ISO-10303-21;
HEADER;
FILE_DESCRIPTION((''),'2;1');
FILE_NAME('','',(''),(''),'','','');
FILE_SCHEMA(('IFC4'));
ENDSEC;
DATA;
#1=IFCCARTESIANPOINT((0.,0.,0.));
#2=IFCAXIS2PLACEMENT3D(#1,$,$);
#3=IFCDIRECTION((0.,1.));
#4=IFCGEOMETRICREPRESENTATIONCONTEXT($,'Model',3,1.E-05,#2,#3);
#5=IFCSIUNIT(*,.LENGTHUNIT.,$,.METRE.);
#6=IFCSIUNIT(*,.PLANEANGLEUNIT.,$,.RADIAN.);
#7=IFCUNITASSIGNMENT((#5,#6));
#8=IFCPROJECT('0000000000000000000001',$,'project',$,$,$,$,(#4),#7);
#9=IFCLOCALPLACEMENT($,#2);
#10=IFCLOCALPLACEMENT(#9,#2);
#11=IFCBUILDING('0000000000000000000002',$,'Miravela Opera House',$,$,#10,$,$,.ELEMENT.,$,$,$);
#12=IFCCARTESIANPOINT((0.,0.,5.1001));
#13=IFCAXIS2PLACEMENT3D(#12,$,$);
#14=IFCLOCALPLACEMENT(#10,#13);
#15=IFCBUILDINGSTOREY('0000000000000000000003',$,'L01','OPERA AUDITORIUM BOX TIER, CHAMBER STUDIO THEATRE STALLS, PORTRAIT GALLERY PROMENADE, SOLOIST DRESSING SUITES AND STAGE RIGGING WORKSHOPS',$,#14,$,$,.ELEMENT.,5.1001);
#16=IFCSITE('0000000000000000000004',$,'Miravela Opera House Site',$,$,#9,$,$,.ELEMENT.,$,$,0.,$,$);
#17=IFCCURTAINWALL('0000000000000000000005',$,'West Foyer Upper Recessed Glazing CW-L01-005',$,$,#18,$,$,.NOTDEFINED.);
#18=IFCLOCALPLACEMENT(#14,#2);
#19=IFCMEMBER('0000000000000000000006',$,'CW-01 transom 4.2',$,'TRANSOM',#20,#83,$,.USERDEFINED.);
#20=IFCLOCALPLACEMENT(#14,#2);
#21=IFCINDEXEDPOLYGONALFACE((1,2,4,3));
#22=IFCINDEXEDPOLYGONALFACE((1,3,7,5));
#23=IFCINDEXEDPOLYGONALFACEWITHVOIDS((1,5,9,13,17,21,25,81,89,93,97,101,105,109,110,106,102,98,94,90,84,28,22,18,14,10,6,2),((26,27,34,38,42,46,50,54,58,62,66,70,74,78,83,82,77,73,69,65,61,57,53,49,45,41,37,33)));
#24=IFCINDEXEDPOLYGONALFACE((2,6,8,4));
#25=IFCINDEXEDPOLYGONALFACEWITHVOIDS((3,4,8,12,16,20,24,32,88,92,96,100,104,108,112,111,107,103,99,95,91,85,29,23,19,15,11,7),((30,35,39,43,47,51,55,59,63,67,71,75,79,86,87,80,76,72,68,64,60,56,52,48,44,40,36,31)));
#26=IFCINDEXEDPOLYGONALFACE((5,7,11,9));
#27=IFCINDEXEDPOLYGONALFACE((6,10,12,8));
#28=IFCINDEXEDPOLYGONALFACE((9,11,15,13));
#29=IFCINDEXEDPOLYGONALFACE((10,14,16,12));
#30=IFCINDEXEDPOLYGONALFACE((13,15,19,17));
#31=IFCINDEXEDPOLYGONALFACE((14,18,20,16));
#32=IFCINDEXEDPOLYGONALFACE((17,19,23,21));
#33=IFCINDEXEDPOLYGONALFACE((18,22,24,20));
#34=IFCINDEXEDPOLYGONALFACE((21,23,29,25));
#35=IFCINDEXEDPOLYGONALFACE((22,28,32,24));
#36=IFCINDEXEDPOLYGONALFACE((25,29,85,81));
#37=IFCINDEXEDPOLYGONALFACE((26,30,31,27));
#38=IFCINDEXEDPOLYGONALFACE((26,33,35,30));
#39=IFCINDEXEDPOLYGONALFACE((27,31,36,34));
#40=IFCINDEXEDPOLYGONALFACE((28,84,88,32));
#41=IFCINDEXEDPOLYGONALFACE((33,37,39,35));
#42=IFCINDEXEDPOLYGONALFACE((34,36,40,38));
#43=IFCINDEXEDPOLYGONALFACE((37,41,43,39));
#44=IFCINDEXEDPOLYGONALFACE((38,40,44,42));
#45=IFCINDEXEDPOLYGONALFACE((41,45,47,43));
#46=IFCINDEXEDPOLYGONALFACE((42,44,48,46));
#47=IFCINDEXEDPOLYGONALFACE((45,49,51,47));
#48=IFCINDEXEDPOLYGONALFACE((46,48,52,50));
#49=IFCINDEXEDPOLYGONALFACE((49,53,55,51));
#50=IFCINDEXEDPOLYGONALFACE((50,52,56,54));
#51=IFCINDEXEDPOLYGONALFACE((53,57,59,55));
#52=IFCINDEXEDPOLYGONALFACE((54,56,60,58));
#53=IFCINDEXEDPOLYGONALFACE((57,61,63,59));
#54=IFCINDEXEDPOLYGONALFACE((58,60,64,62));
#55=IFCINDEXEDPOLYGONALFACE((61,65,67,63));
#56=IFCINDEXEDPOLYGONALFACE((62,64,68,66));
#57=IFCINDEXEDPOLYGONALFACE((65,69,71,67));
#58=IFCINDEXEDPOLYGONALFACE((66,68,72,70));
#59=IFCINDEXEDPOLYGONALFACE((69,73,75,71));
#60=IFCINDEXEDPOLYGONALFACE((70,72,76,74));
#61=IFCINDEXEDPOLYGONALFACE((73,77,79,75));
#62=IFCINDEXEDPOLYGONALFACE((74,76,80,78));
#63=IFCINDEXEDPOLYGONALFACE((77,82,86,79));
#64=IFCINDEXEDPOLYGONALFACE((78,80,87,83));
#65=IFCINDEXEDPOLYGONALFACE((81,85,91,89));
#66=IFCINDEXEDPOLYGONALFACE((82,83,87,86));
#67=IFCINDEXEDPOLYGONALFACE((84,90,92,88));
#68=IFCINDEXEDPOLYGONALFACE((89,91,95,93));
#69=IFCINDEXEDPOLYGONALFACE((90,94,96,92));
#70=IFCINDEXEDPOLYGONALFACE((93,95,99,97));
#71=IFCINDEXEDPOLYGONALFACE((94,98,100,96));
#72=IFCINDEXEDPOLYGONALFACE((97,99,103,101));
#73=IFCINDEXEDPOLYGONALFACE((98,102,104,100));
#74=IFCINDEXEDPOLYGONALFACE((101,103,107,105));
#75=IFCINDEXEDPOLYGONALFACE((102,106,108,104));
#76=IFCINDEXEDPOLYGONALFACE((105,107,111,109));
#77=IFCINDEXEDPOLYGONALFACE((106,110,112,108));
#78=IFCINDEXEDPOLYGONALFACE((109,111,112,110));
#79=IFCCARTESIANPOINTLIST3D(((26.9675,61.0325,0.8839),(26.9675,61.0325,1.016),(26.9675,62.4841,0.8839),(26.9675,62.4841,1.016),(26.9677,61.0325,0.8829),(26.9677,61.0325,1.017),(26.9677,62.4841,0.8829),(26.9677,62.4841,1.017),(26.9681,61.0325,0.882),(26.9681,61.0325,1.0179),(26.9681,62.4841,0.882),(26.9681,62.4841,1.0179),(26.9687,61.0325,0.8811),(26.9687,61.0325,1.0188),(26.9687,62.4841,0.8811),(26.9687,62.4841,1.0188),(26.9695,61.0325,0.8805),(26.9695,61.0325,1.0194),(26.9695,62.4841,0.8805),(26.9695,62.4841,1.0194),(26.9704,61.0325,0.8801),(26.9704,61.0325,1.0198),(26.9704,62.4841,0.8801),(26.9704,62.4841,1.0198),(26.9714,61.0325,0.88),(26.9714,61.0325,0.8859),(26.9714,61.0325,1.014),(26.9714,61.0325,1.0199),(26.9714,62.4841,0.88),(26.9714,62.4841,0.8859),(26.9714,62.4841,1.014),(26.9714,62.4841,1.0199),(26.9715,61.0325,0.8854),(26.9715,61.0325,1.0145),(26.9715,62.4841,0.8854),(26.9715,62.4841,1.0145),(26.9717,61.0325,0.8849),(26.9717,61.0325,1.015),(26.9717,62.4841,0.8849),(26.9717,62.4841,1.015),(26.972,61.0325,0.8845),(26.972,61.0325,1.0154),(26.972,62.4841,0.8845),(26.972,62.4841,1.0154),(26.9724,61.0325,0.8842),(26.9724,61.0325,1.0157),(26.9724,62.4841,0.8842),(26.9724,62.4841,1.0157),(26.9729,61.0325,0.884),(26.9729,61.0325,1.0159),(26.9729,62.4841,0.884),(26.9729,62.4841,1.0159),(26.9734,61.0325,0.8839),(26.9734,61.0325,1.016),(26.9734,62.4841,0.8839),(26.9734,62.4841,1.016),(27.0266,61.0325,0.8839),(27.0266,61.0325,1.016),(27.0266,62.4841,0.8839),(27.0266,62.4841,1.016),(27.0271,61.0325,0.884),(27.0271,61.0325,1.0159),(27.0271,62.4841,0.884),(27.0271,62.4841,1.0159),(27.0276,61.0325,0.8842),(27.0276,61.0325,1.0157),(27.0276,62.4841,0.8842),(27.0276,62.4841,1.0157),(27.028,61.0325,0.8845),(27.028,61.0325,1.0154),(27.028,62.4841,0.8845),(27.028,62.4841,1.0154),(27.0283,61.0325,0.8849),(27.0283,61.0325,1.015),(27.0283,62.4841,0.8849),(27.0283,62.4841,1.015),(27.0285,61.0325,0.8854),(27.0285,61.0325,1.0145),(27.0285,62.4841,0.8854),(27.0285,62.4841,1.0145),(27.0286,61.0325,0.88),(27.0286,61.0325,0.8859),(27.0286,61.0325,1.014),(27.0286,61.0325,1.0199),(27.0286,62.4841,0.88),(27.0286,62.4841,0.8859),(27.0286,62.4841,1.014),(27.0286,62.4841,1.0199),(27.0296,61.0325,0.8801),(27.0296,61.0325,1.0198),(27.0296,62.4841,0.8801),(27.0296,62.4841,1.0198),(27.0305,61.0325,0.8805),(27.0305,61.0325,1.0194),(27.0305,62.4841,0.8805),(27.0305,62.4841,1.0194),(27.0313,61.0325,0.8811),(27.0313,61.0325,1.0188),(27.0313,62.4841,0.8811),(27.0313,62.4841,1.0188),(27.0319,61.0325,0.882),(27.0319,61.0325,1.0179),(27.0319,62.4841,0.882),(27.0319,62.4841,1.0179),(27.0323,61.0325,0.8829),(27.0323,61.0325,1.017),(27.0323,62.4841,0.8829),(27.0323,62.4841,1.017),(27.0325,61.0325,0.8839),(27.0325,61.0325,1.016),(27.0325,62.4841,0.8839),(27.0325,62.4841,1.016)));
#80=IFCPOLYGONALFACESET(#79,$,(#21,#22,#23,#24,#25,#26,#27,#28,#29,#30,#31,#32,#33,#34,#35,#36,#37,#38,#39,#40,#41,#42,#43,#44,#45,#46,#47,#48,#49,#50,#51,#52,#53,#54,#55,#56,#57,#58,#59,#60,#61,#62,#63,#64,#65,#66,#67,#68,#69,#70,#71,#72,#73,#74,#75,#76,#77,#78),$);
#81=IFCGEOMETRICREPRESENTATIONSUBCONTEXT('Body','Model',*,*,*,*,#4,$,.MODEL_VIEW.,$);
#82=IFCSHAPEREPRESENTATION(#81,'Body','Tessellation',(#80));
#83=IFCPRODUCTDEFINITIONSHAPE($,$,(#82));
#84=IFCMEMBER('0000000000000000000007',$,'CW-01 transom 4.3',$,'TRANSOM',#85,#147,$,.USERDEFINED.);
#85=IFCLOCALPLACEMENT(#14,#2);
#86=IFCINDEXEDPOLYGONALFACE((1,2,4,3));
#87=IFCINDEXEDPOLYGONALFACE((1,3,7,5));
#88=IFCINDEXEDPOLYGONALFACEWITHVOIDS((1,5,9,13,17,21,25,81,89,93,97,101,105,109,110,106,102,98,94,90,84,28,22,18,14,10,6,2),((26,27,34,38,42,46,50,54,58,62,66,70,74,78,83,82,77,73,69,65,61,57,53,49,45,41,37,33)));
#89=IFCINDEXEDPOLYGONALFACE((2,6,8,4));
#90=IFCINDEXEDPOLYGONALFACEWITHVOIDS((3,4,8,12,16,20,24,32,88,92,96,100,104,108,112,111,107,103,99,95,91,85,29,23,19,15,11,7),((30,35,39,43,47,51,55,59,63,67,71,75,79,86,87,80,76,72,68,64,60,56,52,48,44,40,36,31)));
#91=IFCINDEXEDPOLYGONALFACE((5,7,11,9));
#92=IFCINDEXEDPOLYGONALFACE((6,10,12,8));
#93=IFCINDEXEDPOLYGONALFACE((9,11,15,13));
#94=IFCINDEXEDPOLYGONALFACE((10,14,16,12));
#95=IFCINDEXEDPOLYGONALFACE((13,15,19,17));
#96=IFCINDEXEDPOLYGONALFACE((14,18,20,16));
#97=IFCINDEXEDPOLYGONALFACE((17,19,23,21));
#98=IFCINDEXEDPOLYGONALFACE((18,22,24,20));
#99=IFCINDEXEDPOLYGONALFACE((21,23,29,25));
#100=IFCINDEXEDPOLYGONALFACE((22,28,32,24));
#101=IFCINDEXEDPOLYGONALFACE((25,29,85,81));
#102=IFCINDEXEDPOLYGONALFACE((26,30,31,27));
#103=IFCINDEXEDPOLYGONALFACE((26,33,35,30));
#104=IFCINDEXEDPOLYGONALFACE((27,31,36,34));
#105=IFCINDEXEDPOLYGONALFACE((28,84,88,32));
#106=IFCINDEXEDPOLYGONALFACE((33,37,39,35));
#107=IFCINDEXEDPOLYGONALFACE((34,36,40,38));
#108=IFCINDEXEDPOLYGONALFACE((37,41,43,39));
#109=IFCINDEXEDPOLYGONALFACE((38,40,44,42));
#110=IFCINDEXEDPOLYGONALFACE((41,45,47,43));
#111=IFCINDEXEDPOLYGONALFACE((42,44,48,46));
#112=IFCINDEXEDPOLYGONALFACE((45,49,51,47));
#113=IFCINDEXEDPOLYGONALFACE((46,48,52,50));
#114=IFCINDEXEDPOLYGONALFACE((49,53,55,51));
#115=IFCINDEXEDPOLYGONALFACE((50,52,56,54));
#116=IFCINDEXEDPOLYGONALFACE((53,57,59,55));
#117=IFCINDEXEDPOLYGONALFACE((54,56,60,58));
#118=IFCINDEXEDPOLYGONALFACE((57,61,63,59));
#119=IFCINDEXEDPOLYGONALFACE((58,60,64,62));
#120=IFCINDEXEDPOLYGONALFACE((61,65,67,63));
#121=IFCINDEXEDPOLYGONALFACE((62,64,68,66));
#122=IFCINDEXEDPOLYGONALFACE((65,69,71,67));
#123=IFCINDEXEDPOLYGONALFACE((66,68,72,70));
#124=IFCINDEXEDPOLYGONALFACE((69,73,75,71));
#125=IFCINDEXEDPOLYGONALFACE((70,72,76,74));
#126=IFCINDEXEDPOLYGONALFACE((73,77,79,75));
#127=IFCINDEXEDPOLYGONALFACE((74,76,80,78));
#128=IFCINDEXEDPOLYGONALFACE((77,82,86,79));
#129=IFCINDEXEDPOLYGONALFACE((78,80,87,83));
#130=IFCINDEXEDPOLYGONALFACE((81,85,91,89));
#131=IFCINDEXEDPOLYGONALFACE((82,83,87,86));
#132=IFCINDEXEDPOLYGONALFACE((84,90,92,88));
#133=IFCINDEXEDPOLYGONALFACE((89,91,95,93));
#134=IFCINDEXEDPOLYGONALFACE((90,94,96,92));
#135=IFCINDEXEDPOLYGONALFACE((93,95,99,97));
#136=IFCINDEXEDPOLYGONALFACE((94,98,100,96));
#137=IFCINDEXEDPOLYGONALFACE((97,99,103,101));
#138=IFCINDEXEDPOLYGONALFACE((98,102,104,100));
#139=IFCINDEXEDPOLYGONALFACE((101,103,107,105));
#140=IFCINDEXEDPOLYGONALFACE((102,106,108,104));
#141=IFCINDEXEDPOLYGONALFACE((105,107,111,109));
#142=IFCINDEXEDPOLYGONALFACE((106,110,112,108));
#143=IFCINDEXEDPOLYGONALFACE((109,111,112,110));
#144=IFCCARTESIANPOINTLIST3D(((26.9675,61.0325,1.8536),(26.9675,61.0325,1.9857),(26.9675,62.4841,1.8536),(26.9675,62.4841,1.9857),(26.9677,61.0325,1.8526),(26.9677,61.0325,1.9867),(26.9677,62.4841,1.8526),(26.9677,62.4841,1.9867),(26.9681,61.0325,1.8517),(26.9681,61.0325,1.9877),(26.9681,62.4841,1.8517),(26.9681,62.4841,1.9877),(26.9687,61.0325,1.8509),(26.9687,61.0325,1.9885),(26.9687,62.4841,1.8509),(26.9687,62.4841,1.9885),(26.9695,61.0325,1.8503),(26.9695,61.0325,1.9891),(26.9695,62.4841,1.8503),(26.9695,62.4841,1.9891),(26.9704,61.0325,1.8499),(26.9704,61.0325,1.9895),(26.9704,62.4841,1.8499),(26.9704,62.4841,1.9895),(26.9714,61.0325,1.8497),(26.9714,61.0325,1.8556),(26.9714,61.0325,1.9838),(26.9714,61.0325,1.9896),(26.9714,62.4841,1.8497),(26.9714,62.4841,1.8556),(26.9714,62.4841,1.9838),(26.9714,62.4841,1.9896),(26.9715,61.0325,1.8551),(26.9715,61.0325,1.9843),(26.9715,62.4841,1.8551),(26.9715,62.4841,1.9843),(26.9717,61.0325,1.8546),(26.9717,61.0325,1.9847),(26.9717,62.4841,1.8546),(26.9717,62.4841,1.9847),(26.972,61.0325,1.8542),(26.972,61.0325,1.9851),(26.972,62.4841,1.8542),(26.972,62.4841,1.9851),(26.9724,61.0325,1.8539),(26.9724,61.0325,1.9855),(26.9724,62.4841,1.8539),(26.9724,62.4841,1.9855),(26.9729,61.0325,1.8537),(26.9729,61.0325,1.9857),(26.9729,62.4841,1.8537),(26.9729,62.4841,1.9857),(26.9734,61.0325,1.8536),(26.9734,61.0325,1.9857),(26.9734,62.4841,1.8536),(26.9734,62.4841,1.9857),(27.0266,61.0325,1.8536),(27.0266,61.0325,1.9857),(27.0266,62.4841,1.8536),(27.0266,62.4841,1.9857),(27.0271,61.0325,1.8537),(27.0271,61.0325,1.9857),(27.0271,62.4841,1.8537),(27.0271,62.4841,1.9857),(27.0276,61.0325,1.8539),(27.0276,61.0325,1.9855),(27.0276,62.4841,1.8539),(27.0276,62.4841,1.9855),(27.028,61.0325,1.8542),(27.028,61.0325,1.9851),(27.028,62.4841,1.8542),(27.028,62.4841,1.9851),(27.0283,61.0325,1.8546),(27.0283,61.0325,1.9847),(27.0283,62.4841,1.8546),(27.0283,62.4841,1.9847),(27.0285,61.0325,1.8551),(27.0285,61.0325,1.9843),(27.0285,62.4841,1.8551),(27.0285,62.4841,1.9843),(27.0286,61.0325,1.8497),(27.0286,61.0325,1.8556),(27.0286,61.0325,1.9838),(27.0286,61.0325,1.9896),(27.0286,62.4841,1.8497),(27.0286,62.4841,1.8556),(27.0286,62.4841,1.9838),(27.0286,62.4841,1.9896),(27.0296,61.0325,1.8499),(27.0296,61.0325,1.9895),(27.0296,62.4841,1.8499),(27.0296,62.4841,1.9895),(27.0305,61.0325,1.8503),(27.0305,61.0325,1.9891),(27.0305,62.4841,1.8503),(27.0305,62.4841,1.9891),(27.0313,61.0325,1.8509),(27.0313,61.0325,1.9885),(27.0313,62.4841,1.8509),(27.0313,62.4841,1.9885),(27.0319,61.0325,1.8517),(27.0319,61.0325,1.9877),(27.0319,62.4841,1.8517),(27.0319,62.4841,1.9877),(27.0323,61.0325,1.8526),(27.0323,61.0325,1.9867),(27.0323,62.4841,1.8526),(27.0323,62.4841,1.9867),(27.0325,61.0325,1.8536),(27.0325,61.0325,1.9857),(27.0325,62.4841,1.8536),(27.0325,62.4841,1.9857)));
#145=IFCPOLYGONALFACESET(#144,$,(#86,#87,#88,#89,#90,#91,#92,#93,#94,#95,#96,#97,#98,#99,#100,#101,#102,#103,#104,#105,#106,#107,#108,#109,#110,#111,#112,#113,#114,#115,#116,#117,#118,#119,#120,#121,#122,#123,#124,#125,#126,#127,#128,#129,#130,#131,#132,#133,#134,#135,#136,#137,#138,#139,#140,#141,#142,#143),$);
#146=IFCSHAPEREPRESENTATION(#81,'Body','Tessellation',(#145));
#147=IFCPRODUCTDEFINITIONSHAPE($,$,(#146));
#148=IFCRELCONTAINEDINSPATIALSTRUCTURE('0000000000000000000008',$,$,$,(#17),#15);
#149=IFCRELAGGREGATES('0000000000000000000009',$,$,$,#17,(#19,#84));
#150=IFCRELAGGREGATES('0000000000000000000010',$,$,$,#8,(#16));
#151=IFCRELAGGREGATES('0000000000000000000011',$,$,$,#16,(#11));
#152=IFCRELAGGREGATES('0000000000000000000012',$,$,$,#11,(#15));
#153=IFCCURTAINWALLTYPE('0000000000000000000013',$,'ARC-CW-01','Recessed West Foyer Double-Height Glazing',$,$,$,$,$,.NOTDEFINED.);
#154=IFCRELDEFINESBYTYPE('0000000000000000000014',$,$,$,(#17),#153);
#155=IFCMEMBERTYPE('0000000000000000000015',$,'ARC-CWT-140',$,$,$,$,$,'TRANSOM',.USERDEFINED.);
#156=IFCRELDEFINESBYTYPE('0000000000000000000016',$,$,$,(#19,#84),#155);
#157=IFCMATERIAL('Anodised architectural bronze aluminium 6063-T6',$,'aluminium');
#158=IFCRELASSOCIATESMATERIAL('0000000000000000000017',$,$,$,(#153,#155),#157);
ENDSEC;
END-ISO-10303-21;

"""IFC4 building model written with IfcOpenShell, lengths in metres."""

from ifc_helpers import new_model, si_unit, direction, frame, origin, origin_2d, place, context, subcontext, project, spatial, hollow_rectangle, extrude, material, material_profile, profile_set, type_object, element, aggregate, save


model = new_model("IFC4")

# Units and contexts
model_context = context("Model", 3, precision=1e-05, world=origin(), true_north=direction((0.0, 1.0)))
body_context = subcontext(model_context, "Body", "Model", "MODEL_VIEW")
ifc_project = project(units=[si_unit("LENGTHUNIT", "METRE"), si_unit("PLANEANGLEUNIT", "RADIAN")], contexts=[model_context])

# Site, building, storey
site_placement = place(None, origin())
site = spatial("IfcSite", under=ifc_project, at=site_placement, Name="Miravela Opera House Site", CompositionType="ELEMENT", RefElevation=0.0)
building_placement = place(site_placement, origin())
building = spatial("IfcBuilding", under=site, at=building_placement, Name="Miravela Opera House", CompositionType="ELEMENT")
storey_placement = place(building_placement, frame((0.0, 0.0, 5.1001)))
storey = spatial("IfcBuildingStorey", under=building, at=storey_placement, Name="L01", Description="OPERA AUDITORIUM BOX TIER, CHAMBER STUDIO THEATRE STALLS, PORTRAIT GALLERY PROMENADE, SOLOIST DRESSING SUITES AND STAGE RIGGING WORKSHOPS", CompositionType="ELEMENT", Elevation=5.1001)

# Curtain wall, members
ifc_material_1 = material(Name="Anodised architectural bronze aluminium 6063-T6", Category="aluminium")
curtain_wall_type = type_object("IfcCurtainWallType", Name="ARC-CW-01", Description="Recessed West Foyer Double-Height Glazing", PredefinedType="NOTDEFINED", material=ifc_material_1)
curtain_wall_placement = place(storey_placement, origin())
curtain_wall = element("IfcCurtainWall", 1, at=curtain_wall_placement, inside=storey, type_object=curtain_wall_type, Name="West Foyer Upper Recessed Glazing CW-L01-005", PredefinedType="NOTDEFINED")
ifc_material_profile_1 = material_profile(ifc_material_1, hollow_rectangle(XDim=0.0649, YDim=0.1399, WallThickness=0.0039, InnerFilletRadius=0.002, OuterFilletRadius=0.0039, at=origin_2d()), Name="CWT-65X140")
ifc_profile_set_1 = profile_set([ifc_material_profile_1])
member_type_1 = type_object("IfcMemberType", Name="ARC-CWT-140", ElementType="TRANSOM", PredefinedType="USERDEFINED", material=ifc_profile_set_1)
member_1_placement = place(storey_placement, frame((27.0, 61.0325, 0.95), z_axis=(0.0, 1.0, 0.0), x_axis=(-1.0, 0.0, 0.0)))
member_1 = element("IfcMember", 2, at=member_1_placement, type_object=member_type_1, Name="CW-01 transom 4.2", ObjectType="TRANSOM", PredefinedType="USERDEFINED", context=body_context, shape_type="SweptSolid", body=[
    extrude(hollow_rectangle(XDim=0.0649, YDim=0.1399, WallThickness=0.0039, InnerFilletRadius=0.002, OuterFilletRadius=0.0039, at=origin_2d()), origin(), (0.0, 0.0, 1.0), 1.4517),
])
member_2_placement = place(storey_placement, frame((27.0, 61.0325, 1.9197), z_axis=(0.0, 1.0, 0.0), x_axis=(-1.0, 0.0, 0.0)))
member_2 = element("IfcMember", 3, at=member_2_placement, type_object=member_type_1, Name="CW-01 transom 4.3", ObjectType="TRANSOM", PredefinedType="USERDEFINED", context=body_context, shape_type="SweptSolid", body=[
    extrude(hollow_rectangle(XDim=0.0649, YDim=0.1399, WallThickness=0.0039, InnerFilletRadius=0.002, OuterFilletRadius=0.0039, at=origin_2d()), origin(), (0.0, 0.0, 1.0), 1.4517),
])
aggregate(curtain_wall, [member_1, member_2])

save(model, "model.ifc")
